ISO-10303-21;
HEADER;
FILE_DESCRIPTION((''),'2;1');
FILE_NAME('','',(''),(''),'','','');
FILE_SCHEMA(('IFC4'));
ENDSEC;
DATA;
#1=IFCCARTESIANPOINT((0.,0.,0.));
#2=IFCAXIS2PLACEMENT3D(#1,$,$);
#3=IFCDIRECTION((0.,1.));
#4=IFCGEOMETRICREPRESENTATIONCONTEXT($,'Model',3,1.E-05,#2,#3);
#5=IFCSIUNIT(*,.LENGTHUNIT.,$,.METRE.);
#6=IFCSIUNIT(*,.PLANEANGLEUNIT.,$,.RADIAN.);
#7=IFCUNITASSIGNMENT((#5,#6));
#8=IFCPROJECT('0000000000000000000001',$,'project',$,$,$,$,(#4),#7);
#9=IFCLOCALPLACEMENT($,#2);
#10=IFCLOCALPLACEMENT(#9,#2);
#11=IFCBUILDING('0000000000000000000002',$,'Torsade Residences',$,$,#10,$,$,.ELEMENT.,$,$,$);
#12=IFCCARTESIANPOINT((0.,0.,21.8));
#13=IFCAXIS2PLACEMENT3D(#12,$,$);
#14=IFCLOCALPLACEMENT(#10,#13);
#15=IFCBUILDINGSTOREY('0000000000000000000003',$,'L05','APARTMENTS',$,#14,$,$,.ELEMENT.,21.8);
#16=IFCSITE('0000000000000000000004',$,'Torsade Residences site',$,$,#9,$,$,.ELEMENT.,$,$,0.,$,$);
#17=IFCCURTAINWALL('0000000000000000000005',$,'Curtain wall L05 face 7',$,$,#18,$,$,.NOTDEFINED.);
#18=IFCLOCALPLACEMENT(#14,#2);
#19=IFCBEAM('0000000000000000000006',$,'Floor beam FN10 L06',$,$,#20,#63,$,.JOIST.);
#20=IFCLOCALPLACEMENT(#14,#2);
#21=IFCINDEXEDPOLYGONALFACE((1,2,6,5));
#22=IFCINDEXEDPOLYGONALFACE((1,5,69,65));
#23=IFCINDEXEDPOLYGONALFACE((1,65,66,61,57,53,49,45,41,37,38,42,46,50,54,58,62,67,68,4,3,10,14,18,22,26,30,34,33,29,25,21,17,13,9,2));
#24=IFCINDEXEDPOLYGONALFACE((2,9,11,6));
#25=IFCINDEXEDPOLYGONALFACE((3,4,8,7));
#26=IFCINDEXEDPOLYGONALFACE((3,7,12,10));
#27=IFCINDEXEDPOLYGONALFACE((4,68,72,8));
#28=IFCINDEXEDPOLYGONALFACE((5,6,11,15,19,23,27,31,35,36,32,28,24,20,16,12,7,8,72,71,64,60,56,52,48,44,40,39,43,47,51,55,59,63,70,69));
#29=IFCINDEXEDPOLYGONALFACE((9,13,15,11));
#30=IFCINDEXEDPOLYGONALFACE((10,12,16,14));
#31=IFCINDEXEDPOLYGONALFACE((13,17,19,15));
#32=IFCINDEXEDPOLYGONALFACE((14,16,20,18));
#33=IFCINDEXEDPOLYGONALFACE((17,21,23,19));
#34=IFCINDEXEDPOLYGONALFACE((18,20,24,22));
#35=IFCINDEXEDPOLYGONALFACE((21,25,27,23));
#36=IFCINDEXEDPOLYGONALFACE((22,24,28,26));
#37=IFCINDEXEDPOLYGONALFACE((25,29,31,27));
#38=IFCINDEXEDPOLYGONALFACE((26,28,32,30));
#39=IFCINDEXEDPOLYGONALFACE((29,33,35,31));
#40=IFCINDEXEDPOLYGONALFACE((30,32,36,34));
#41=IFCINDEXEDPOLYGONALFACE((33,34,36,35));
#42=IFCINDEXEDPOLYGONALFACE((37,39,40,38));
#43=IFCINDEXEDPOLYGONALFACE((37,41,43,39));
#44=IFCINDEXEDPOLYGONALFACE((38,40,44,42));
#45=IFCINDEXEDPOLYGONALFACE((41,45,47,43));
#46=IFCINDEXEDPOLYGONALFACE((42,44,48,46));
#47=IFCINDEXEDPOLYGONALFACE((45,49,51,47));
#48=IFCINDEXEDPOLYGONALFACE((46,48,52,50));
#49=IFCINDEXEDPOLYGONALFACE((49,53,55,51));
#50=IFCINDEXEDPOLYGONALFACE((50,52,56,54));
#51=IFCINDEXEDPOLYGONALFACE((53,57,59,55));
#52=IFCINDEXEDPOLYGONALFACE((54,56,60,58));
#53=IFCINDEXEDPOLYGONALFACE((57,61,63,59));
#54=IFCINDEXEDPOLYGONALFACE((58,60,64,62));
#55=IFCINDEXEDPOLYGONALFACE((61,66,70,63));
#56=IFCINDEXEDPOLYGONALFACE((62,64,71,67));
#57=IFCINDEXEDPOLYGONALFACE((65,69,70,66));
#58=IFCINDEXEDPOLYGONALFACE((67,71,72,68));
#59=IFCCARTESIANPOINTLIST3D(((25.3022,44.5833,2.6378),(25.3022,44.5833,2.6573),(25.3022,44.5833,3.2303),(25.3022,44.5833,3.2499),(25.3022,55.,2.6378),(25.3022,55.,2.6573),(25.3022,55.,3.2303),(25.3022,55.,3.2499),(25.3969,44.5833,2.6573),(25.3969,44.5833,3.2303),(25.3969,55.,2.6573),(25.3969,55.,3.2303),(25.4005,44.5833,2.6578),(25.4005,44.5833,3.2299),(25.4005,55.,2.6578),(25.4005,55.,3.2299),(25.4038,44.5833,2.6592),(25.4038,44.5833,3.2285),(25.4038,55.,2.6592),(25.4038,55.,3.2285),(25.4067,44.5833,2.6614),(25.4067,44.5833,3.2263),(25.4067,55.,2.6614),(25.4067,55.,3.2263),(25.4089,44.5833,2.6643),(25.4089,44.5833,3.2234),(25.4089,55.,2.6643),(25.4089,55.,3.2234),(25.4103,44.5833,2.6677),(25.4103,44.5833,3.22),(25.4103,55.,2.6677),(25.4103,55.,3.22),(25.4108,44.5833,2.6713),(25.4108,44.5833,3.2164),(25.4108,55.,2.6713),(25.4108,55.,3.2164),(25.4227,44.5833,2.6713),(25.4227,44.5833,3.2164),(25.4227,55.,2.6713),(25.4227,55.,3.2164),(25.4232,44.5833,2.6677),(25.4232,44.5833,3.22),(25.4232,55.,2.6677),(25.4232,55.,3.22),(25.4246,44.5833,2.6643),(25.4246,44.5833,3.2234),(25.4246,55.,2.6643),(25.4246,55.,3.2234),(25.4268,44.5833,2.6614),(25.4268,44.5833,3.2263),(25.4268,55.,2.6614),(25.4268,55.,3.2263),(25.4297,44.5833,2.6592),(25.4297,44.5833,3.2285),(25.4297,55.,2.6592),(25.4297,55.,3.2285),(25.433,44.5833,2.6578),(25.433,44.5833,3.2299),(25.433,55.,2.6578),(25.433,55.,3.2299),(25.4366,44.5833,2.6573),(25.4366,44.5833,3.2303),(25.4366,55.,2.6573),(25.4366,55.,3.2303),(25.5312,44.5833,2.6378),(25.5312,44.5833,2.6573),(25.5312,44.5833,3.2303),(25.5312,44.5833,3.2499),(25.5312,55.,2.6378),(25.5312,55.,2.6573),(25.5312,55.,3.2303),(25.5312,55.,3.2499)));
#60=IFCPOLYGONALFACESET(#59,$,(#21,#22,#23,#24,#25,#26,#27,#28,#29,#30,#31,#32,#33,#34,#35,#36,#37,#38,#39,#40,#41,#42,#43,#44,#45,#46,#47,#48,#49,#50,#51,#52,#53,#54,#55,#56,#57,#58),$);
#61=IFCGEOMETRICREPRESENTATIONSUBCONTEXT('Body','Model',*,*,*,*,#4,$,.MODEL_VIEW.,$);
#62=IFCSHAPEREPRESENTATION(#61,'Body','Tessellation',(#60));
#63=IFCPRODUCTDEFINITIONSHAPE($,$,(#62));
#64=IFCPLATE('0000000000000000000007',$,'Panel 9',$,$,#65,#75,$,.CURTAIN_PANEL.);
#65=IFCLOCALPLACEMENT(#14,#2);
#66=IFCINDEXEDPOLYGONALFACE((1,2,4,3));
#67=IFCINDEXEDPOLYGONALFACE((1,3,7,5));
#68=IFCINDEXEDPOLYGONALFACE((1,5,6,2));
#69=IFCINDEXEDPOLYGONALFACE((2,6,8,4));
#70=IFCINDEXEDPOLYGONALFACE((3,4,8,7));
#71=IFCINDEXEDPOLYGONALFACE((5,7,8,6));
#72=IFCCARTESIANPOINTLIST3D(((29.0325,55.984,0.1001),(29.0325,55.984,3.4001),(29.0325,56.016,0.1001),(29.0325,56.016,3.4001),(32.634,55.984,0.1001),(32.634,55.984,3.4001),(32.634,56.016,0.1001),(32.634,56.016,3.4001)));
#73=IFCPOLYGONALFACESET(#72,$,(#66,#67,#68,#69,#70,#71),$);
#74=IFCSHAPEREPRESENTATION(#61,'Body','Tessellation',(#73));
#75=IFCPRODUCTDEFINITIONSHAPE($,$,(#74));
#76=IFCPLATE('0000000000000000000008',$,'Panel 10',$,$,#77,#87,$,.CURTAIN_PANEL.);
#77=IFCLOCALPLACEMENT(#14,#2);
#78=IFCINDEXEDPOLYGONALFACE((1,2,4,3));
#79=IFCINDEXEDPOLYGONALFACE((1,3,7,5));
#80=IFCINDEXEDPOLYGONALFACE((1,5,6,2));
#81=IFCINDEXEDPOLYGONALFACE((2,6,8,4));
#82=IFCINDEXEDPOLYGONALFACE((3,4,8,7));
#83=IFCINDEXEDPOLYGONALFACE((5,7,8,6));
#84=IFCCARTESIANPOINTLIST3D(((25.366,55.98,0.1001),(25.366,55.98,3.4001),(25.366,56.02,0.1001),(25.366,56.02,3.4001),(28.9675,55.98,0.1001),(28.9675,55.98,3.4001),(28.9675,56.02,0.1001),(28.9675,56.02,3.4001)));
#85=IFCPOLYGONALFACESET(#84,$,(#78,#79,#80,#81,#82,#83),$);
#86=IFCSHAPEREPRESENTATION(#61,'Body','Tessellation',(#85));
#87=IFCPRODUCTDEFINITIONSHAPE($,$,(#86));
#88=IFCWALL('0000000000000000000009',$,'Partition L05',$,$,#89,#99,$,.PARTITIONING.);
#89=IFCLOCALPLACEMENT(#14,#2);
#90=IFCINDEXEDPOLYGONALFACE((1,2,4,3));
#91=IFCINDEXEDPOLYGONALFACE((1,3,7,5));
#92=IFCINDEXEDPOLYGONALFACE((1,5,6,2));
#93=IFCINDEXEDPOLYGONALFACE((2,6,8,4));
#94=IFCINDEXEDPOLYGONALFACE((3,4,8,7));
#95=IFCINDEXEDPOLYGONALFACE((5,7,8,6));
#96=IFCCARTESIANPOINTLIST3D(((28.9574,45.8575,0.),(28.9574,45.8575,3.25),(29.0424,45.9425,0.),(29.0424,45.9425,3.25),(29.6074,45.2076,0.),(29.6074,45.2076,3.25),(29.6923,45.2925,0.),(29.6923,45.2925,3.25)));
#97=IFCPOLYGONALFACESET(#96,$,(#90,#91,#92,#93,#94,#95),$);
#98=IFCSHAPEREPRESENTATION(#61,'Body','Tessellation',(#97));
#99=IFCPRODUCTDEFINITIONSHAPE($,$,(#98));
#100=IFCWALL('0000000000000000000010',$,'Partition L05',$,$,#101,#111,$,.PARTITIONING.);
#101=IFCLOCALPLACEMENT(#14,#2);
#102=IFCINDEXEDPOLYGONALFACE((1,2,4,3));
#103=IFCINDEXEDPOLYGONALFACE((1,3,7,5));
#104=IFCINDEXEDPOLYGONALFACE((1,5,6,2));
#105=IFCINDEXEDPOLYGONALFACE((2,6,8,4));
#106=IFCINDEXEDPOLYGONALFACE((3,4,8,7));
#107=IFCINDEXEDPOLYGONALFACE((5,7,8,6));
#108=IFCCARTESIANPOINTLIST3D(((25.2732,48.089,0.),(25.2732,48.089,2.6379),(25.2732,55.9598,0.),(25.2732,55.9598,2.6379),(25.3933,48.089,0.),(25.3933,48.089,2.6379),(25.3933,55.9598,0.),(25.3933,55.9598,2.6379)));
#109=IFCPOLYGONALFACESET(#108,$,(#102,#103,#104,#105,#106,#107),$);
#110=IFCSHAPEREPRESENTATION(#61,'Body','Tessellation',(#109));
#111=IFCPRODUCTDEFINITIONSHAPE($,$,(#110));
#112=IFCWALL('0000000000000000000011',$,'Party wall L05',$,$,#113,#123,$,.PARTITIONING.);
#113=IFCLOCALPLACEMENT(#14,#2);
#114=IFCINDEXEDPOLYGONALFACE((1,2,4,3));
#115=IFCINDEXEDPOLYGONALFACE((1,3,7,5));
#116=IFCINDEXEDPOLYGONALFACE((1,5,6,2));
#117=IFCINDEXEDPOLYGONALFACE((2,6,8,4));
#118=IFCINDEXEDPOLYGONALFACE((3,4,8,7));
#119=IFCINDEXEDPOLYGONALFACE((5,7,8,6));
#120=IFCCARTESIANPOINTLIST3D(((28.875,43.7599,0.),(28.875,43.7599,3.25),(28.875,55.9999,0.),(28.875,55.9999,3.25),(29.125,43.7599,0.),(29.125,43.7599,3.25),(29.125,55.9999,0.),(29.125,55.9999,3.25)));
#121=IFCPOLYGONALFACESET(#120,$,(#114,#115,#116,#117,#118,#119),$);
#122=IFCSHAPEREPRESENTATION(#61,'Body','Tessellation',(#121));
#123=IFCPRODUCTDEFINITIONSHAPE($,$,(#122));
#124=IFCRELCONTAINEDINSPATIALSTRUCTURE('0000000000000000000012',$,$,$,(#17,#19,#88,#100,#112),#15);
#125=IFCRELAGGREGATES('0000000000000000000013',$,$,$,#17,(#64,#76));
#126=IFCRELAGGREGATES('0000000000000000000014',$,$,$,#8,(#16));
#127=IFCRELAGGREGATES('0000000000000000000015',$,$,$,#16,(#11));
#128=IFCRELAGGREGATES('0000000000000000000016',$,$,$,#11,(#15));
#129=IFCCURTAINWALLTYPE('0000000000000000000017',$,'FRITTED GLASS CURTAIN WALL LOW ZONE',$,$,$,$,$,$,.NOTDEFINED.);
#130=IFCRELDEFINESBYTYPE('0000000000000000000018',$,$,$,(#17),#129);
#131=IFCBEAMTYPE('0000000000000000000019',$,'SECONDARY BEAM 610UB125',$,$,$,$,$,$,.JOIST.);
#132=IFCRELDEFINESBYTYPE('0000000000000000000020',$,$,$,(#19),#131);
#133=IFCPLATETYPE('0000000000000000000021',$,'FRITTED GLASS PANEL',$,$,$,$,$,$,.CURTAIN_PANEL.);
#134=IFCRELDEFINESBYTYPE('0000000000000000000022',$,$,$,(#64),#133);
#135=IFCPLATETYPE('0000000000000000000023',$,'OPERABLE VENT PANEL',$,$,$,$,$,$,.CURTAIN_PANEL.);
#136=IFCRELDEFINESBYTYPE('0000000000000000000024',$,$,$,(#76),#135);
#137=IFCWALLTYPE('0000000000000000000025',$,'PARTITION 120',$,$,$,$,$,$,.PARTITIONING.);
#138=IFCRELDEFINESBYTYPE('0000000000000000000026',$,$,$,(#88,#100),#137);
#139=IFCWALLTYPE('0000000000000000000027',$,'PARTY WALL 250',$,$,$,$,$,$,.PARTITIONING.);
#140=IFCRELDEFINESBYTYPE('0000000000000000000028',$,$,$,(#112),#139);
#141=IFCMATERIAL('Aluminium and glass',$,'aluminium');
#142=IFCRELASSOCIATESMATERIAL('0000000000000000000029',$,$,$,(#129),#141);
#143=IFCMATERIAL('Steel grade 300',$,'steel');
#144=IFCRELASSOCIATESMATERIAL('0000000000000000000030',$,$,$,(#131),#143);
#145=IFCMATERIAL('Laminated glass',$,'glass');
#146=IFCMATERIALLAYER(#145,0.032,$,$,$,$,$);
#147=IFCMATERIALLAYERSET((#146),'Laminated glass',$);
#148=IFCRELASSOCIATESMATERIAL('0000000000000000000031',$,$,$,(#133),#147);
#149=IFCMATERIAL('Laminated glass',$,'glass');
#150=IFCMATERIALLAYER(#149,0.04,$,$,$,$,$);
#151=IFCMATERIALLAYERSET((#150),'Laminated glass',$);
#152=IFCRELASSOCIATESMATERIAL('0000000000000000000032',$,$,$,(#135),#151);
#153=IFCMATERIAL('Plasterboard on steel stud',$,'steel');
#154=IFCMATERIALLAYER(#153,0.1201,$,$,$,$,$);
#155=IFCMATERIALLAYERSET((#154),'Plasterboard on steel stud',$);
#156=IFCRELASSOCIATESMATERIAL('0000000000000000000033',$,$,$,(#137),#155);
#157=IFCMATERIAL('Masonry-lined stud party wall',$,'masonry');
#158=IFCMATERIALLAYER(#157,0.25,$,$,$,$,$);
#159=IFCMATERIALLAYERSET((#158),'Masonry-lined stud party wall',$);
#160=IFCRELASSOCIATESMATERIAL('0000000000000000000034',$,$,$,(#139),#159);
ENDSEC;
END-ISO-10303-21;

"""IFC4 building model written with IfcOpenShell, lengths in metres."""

from ifc_helpers import new_model, si_unit, direction, frame, frame_2d, origin, origin_2d, place, context, subcontext, project, spatial, rectangle, i_section, extrude, material, layer, layer_set, material_profile, profile_set, type_object, element, aggregate, save


model = new_model("IFC4")

# Units and contexts
model_context = context("Model", 3, precision=1e-05, world=origin(), true_north=direction((0.0, 1.0)))
body_context = subcontext(model_context, "Body", "Model", "MODEL_VIEW")
ifc_project = project(units=[si_unit("LENGTHUNIT", "METRE"), si_unit("PLANEANGLEUNIT", "RADIAN")], contexts=[model_context])

# Site, building, storey
site_placement = place(None, origin())
site = spatial("IfcSite", under=ifc_project, at=site_placement, Name="Torsade Residences site", CompositionType="ELEMENT", RefElevation=0.0)
building_placement = place(site_placement, origin())
building = spatial("IfcBuilding", under=site, at=building_placement, Name="Torsade Residences", CompositionType="ELEMENT")
storey_placement = place(building_placement, frame((0.0, 0.0, 21.8)))
storey = spatial("IfcBuildingStorey", under=building, at=storey_placement, Name="L05", Description="APARTMENTS", CompositionType="ELEMENT", Elevation=21.8)

# Curtain wall
ifc_material_1 = material(Name="Aluminium and glass", Category="aluminium")
curtain_wall_type = type_object("IfcCurtainWallType", Name="FRITTED GLASS CURTAIN WALL LOW ZONE", PredefinedType="NOTDEFINED", material=ifc_material_1)
curtain_wall_placement = place(storey_placement, origin())
curtain_wall = element("IfcCurtainWall", 1, at=curtain_wall_placement, inside=storey, type_object=curtain_wall_type, Name="Curtain wall L05 face 7", PredefinedType="NOTDEFINED")

# Beam
ifc_material_2 = material(Name="Steel grade 300", Category="steel")
ifc_material_profile_1 = material_profile(ifc_material_2, i_section(OverallWidth=0.229, OverallDepth=0.6121, WebThickness=0.012, FlangeThickness=0.0195, FilletRadius=0.0139, at=origin_2d()), Name="610UB125")
ifc_profile_set_1 = profile_set([ifc_material_profile_1], Name="Steel grade 300")
beam_type_1 = type_object("IfcBeamType", Name="SECONDARY BEAM 610UB125", PredefinedType="JOIST", material=ifc_profile_set_1)
beam_1_placement = place(storey_placement, frame((25.4167, 55.0, 2.9438), z_axis=(0.0, -1.0, 0.0), x_axis=(1.0, 0.0, 0.0)))
element("IfcBeam", 2, at=beam_1_placement, inside=storey, type_object=beam_type_1, Name="Floor beam FN10 L06", PredefinedType="JOIST", context=body_context, shape_type="SweptSolid", body=[
    extrude(i_section(OverallWidth=0.229, OverallDepth=0.6121, WebThickness=0.012, FlangeThickness=0.0195, FilletRadius=0.0139, at=origin_2d()), origin(), (0.0, 0.0, 1.0), 10.4167),
])

# Plates
ifc_material_3 = material(Name="Laminated glass", Category="glass")
ifc_layer_1 = layer(ifc_material_3, 0.032)
ifc_layer_set_1 = layer_set([ifc_layer_1], Name="Laminated glass")
plate_type_1 = type_object("IfcPlateType", Name="FRITTED GLASS PANEL", PredefinedType="CURTAIN_PANEL", material=ifc_layer_set_1)
plate_1_placement = place(storey_placement, frame((30.8333, 56.0, 0.1001), z_axis=(0.0, 0.0, 1.0), x_axis=(-1.0, 0.0, 0.0)))
plate_1 = element("IfcPlate", 3, at=plate_1_placement, type_object=plate_type_1, Name="Panel 9", PredefinedType="CURTAIN_PANEL", context=body_context, shape_type="SweptSolid", body=[
    extrude(rectangle(XDim=3.6016, YDim=0.032, at=origin_2d()), origin(), (0.0, 0.0, 1.0), 3.3),
])
ifc_material_4 = material(Name="Laminated glass", Category="glass")
ifc_layer_2 = layer(ifc_material_4, 0.04)
ifc_layer_set_2 = layer_set([ifc_layer_2], Name="Laminated glass")
plate_type_2 = type_object("IfcPlateType", Name="OPERABLE VENT PANEL", PredefinedType="CURTAIN_PANEL", material=ifc_layer_set_2)
plate_2_placement = place(storey_placement, frame((27.1667, 56.0, 0.1001), z_axis=(0.0, 0.0, 1.0), x_axis=(-1.0, 0.0, 0.0)))
plate_2 = element("IfcPlate", 4, at=plate_2_placement, type_object=plate_type_2, Name="Panel 10", PredefinedType="CURTAIN_PANEL", context=body_context, shape_type="SweptSolid", body=[
    extrude(rectangle(XDim=3.6016, YDim=0.04, at=origin_2d()), origin(), (0.0, 0.0, 1.0), 3.3),
])
aggregate(curtain_wall, [plate_1, plate_2])

# Walls
ifc_material_5 = material(Name="Plasterboard on steel stud", Category="steel")
ifc_layer_3 = layer(ifc_material_5, 0.1201)
ifc_layer_set_3 = layer_set([ifc_layer_3], Name="Plasterboard on steel stud")
wall_type_1 = type_object("IfcWallType", Name="PARTITION 120", PredefinedType="PARTITIONING", material=ifc_layer_set_3)
wall_1_placement = place(storey_placement, frame((29.0, 45.8999, 0.0), z_axis=(0.0, 0.0, 1.0), x_axis=(0.707107, -0.707107, 0.0)))
element("IfcWall", 5, at=wall_1_placement, inside=storey, type_object=wall_type_1, Name="Partition L05", PredefinedType="PARTITIONING", context=body_context, shape_type="SweptSolid", body=[
    extrude(rectangle(XDim=0.9192, YDim=0.1201, at=frame_2d((0.4595, 0.0))), origin(), (0.0, 0.0, 1.0), 3.25),
])
wall_2_placement = place(storey_placement, frame((25.3333, 55.96, 0.0), z_axis=(0.0, 0.0, 1.0), x_axis=(0.0, -1.0, 0.0)))
element("IfcWall", 6, at=wall_2_placement, inside=storey, type_object=wall_type_1, Name="Partition L05", PredefinedType="PARTITIONING", context=body_context, shape_type="SweptSolid", body=[
    extrude(rectangle(XDim=7.8708, YDim=0.1201, at=frame_2d((3.9355, 0.0))), origin(), (0.0, 0.0, 1.0), 2.6379),
])
ifc_material_6 = material(Name="Masonry-lined stud party wall", Category="masonry")
ifc_layer_4 = layer(ifc_material_6, 0.25)
ifc_layer_set_4 = layer_set([ifc_layer_4], Name="Masonry-lined stud party wall")
wall_type_2 = type_object("IfcWallType", Name="PARTY WALL 250", PredefinedType="PARTITIONING", material=ifc_layer_set_4)
wall_3_placement = place(storey_placement, frame((29.0, 56.0, 0.0), z_axis=(0.0, 0.0, 1.0), x_axis=(0.0, -1.0, 0.0)))
element("IfcWall", 7, at=wall_3_placement, inside=storey, type_object=wall_type_2, Name="Party wall L05", PredefinedType="PARTITIONING", context=body_context, shape_type="SweptSolid", body=[
    extrude(rectangle(XDim=12.24, YDim=0.25, at=frame_2d((6.1201, 0.0))), origin(), (0.0, 0.0, 1.0), 3.25),
])

save(model, "model.ifc")
